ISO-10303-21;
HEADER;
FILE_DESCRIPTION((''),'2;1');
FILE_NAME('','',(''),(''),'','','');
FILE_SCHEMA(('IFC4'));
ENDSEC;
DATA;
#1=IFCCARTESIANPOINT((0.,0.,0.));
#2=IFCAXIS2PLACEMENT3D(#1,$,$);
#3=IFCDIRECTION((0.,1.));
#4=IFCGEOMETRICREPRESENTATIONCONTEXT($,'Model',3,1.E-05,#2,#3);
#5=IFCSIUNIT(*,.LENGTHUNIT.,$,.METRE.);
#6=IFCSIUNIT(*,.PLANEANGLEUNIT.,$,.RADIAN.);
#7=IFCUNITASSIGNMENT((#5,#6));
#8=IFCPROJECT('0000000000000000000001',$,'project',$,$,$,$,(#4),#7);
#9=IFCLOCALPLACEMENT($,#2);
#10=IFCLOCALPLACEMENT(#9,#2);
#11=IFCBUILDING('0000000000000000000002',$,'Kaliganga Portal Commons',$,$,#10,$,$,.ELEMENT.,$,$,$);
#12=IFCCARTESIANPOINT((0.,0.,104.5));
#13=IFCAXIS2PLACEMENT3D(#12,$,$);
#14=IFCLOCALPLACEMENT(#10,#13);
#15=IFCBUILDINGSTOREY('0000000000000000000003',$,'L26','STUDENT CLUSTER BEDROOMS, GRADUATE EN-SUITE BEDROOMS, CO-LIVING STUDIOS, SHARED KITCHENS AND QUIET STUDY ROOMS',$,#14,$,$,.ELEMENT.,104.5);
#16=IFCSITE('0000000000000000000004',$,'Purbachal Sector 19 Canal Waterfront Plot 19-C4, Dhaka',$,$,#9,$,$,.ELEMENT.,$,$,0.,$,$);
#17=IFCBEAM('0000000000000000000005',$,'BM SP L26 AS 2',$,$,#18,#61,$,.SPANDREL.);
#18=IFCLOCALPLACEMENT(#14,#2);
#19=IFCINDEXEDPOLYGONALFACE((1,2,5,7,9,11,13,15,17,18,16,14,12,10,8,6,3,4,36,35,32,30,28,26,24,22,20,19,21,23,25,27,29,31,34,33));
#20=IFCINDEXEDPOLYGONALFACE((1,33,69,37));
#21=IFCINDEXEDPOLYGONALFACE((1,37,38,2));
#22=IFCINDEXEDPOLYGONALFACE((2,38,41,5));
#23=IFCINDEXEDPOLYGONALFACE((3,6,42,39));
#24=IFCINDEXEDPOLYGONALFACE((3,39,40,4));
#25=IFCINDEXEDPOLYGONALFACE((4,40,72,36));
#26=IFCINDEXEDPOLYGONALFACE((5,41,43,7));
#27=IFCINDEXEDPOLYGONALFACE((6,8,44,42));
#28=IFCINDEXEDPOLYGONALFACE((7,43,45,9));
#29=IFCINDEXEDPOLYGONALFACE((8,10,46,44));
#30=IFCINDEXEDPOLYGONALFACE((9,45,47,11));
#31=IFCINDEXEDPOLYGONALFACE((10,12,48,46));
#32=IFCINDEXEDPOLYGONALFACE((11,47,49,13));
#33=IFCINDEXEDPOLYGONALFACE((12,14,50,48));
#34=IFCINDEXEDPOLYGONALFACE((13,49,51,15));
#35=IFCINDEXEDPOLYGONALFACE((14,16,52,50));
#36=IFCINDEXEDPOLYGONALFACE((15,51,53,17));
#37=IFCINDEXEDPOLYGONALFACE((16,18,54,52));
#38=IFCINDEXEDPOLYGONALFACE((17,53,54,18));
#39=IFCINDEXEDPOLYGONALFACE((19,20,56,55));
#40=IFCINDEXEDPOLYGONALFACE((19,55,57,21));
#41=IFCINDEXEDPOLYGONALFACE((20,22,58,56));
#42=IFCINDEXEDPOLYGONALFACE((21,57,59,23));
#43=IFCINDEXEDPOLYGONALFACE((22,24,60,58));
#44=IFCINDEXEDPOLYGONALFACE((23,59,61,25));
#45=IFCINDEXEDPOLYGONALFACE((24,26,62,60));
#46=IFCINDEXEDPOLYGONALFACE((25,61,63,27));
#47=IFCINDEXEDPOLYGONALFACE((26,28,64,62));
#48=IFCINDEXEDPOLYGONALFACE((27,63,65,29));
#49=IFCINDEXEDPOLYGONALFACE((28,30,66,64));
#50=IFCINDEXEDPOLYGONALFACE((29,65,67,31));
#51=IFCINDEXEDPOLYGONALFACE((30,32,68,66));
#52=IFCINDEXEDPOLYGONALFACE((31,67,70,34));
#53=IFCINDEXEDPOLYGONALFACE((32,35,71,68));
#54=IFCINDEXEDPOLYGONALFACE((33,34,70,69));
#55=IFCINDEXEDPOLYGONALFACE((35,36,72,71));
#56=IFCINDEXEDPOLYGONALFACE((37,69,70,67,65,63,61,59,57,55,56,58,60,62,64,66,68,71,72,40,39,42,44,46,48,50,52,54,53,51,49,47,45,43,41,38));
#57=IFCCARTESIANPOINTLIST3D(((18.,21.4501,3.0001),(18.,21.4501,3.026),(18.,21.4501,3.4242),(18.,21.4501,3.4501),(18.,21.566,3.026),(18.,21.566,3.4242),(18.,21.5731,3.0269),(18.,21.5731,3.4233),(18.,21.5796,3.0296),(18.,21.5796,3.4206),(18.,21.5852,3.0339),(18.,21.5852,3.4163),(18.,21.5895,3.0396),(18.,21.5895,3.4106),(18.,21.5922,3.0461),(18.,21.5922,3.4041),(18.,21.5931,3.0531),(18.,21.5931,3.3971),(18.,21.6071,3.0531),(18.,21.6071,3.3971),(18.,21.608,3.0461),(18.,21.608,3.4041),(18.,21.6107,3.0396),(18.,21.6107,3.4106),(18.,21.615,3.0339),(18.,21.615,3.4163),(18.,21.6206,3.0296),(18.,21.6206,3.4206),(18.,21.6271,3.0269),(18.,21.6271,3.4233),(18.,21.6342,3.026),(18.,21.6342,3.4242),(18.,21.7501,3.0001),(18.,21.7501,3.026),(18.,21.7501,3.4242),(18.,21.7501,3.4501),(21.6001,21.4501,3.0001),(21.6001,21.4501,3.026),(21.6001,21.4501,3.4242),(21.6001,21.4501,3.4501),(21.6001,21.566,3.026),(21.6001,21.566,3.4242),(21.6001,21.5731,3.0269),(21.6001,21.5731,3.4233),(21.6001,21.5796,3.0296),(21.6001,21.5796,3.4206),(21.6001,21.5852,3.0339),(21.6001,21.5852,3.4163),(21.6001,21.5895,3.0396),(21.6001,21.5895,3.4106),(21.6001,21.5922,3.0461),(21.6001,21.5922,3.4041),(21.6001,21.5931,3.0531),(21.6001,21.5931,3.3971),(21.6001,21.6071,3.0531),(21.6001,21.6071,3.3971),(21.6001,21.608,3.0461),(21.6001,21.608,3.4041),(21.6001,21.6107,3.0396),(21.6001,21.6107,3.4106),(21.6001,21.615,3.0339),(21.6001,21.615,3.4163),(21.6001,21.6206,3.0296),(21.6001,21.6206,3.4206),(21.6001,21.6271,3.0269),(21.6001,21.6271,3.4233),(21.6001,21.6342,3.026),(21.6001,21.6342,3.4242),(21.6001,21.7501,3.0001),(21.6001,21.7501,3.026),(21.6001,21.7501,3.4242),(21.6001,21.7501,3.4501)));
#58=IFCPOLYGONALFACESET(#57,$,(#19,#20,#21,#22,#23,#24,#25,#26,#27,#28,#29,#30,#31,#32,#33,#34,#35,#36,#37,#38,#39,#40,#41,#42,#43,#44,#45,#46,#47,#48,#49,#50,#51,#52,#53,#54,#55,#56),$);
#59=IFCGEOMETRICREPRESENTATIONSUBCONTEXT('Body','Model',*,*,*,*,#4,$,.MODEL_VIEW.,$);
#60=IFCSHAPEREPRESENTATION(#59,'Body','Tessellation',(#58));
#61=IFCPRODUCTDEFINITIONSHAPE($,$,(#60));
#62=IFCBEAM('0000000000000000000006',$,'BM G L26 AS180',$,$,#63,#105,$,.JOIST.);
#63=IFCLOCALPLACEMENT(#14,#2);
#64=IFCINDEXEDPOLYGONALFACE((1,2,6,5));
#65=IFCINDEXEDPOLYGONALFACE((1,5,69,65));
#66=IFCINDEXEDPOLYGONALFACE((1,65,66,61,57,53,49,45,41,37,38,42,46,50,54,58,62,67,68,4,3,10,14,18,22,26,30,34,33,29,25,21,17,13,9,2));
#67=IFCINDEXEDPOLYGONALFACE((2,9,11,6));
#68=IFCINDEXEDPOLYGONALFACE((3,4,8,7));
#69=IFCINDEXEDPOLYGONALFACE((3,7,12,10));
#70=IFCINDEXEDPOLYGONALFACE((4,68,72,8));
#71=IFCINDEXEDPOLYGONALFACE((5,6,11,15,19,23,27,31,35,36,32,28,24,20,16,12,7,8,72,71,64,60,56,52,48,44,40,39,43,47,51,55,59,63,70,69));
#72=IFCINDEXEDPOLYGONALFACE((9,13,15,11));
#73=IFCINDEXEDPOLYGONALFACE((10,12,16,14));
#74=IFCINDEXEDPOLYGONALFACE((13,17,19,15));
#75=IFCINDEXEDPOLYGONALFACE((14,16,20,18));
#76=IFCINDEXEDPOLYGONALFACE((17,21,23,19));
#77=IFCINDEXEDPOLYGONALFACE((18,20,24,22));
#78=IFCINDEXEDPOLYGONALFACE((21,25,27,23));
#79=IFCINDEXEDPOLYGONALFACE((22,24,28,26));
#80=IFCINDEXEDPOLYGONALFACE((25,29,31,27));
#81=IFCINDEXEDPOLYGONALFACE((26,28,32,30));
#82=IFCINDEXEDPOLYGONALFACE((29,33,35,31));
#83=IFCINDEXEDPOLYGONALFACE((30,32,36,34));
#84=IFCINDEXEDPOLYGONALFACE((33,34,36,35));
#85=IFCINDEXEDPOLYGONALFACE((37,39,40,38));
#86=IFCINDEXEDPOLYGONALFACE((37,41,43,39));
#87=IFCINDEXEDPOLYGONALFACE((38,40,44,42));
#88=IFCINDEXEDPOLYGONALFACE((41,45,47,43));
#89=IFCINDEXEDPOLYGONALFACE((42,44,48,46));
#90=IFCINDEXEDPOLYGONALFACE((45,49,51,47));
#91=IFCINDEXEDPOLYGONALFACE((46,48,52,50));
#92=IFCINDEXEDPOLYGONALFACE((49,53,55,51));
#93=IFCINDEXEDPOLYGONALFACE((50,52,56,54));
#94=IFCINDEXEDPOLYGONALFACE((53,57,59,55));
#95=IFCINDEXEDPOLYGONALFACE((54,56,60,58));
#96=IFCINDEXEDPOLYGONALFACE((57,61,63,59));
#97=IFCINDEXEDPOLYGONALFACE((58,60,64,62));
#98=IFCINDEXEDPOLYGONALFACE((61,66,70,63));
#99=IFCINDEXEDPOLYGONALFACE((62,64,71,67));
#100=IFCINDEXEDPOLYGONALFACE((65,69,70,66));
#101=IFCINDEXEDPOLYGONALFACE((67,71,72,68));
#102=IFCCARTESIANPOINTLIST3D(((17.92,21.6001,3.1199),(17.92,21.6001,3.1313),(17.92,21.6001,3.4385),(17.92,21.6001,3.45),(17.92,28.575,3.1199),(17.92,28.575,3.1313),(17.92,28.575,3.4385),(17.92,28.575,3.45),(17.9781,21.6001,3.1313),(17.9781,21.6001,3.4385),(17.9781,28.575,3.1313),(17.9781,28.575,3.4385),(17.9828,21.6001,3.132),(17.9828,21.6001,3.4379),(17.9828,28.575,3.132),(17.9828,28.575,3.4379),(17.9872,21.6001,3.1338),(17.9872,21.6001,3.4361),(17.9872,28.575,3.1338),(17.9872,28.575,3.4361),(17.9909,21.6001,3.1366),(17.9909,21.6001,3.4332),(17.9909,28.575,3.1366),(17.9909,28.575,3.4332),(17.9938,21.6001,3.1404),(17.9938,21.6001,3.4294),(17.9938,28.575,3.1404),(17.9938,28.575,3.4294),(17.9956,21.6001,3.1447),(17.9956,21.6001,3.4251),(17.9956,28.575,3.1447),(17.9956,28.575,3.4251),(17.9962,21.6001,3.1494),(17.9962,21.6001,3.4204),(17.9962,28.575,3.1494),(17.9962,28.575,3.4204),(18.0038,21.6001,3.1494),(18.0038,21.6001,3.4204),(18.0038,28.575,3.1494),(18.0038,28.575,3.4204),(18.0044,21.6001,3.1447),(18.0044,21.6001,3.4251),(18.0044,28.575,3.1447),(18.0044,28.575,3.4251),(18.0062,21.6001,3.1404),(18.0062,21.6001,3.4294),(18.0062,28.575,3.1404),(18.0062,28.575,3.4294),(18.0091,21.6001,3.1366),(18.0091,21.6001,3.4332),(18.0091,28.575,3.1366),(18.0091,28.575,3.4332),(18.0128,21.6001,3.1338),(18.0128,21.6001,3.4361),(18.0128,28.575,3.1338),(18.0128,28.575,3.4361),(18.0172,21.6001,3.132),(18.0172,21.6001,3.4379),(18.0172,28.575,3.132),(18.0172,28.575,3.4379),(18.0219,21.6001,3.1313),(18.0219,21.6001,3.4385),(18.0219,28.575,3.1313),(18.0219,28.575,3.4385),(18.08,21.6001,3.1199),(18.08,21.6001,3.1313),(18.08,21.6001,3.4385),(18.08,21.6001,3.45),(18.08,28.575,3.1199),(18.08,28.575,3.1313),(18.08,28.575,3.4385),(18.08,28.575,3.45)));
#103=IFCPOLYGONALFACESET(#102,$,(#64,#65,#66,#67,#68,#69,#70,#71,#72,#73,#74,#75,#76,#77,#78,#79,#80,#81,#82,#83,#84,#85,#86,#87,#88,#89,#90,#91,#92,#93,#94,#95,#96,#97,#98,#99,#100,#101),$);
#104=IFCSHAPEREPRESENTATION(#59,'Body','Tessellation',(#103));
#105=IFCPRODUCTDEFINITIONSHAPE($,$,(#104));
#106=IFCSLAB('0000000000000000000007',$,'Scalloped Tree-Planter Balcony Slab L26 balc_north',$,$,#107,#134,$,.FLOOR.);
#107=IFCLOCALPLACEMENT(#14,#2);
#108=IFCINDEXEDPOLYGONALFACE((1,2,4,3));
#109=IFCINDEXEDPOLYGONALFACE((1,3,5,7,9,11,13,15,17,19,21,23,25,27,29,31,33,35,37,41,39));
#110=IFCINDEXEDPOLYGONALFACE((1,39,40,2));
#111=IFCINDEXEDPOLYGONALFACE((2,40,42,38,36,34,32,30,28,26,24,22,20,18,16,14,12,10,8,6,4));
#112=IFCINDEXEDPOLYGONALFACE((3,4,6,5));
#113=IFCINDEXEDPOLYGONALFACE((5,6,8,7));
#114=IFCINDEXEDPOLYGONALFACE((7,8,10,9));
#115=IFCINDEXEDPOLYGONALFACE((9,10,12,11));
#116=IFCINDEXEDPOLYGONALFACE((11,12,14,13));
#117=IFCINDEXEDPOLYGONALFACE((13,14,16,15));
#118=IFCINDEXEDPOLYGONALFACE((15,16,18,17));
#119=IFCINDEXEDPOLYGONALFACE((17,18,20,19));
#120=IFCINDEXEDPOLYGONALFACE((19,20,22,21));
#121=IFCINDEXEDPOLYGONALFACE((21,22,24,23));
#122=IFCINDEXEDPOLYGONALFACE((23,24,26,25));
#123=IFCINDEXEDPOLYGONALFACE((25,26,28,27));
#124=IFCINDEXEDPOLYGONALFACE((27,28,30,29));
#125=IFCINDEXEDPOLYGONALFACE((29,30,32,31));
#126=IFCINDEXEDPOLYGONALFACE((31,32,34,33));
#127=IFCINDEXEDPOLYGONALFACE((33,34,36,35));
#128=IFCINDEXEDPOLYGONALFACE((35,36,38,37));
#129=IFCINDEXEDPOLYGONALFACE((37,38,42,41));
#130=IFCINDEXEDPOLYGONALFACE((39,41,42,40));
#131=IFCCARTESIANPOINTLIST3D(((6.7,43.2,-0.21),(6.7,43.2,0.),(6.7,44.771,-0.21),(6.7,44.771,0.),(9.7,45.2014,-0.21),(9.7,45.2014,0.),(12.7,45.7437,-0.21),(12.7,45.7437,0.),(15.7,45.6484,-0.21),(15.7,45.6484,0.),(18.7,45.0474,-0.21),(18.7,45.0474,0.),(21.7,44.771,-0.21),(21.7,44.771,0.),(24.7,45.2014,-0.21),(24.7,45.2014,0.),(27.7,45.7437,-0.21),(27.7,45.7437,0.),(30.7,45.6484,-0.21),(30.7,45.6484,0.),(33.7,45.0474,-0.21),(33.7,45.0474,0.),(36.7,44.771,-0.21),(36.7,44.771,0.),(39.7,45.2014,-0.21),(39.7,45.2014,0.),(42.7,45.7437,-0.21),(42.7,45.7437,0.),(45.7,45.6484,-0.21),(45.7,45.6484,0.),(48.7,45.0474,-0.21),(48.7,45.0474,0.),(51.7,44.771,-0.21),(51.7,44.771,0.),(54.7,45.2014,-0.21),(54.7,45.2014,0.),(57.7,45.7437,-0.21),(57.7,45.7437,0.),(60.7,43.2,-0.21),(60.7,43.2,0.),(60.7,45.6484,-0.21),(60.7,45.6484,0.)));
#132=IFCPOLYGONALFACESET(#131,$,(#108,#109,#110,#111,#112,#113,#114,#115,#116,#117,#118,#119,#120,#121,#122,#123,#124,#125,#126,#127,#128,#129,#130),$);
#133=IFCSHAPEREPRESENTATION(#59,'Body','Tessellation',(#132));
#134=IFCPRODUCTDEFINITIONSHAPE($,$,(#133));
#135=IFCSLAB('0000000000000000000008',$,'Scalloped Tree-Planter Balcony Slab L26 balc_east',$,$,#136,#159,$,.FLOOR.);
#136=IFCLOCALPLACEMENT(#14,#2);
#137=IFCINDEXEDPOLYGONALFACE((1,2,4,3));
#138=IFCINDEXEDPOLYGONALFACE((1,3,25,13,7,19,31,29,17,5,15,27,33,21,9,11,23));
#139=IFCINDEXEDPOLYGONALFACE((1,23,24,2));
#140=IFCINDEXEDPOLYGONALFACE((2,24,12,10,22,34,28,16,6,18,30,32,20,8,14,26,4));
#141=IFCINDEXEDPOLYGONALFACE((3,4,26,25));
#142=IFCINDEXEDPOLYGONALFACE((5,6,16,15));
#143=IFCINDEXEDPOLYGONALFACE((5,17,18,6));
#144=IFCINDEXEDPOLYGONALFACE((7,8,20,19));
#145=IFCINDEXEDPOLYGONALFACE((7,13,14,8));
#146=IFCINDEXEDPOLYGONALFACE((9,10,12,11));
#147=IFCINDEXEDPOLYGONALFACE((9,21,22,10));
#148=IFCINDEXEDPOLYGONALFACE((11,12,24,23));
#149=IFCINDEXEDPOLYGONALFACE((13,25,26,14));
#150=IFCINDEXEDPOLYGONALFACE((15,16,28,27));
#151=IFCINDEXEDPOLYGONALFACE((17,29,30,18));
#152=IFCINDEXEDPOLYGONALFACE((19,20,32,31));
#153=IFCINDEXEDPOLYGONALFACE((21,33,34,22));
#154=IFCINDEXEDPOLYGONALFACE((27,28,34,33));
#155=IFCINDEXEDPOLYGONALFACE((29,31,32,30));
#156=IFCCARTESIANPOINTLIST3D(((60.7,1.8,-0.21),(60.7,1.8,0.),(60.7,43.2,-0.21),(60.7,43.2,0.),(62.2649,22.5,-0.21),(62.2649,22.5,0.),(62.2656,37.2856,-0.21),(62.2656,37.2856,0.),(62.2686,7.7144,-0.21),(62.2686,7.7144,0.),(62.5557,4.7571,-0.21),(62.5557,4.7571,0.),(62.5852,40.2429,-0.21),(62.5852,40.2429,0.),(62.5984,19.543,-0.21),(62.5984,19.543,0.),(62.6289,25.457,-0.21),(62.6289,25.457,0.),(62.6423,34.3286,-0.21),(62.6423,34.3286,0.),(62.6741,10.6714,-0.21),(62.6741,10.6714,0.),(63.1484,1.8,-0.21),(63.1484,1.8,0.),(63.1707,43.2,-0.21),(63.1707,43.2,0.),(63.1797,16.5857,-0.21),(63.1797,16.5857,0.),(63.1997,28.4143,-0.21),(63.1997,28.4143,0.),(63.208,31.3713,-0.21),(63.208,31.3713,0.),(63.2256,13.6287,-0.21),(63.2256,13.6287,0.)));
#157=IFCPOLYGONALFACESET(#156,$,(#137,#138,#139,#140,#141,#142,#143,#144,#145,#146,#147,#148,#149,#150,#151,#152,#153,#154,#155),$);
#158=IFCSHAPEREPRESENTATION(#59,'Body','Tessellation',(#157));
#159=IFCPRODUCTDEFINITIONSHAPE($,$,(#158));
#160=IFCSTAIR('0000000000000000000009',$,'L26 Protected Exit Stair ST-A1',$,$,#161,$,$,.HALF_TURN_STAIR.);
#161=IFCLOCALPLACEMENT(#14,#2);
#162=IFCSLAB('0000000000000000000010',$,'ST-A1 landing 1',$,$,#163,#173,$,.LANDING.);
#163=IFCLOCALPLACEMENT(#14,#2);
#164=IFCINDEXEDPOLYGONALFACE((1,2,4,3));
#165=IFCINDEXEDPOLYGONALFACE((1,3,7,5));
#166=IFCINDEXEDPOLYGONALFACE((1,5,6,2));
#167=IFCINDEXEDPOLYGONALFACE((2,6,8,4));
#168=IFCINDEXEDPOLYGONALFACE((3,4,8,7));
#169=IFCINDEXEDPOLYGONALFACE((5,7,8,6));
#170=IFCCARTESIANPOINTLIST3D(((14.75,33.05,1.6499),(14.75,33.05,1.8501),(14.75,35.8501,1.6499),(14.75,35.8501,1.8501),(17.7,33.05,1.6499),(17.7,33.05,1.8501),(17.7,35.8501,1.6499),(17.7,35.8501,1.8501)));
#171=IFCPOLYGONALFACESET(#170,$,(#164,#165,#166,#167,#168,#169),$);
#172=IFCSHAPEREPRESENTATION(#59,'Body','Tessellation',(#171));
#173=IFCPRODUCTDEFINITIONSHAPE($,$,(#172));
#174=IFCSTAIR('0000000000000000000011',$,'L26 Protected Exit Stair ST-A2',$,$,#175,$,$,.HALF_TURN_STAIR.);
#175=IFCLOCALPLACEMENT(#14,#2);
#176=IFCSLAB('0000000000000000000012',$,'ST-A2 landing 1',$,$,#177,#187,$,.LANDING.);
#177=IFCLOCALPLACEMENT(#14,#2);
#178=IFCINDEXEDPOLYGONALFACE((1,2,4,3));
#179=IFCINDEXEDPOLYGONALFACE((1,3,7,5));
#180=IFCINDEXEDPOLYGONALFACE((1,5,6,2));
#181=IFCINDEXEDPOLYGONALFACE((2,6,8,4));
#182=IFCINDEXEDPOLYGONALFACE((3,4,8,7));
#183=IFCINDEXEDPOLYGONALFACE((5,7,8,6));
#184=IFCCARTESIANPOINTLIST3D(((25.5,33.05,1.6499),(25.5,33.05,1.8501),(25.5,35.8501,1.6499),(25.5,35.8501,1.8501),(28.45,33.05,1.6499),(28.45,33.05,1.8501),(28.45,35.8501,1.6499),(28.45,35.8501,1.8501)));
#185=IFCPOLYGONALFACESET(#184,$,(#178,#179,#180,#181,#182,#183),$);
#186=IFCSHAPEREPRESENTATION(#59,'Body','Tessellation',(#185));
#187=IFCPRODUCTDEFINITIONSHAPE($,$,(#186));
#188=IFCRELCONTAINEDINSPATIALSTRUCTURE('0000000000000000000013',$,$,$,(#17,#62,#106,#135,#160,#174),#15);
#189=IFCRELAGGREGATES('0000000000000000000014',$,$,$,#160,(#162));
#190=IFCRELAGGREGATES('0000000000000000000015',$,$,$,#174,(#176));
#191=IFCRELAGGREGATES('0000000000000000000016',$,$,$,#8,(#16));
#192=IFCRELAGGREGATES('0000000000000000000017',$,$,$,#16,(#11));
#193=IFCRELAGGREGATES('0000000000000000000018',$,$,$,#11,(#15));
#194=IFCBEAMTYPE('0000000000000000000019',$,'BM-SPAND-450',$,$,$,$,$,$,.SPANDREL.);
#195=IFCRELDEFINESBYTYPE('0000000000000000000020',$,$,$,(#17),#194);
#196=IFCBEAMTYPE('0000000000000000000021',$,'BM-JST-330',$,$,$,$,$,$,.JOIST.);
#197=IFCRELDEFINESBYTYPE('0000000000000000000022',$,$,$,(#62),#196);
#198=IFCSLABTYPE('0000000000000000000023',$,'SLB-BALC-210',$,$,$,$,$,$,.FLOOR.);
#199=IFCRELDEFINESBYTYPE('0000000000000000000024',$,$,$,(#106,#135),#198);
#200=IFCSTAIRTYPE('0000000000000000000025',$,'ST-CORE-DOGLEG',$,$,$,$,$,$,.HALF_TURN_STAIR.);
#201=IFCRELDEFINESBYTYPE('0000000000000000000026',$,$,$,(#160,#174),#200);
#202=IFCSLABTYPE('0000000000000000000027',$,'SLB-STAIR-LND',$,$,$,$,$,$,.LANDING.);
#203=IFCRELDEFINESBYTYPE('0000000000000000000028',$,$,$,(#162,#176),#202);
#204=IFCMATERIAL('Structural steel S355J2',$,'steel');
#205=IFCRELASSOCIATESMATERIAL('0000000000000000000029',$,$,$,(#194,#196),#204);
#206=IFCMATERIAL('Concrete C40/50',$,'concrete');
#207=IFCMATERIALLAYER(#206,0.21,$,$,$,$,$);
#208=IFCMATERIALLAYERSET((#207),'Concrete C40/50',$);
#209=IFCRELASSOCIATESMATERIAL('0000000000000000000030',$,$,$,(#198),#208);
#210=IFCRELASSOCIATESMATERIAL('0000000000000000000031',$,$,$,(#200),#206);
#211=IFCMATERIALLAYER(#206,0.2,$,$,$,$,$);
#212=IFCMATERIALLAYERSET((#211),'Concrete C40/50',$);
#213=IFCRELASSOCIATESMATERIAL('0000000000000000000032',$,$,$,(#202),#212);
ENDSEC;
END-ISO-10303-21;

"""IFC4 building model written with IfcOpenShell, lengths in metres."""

from ifc_helpers import new_model, si_unit, direction, frame, origin, origin_2d, place, context, subcontext, project, spatial, polyline, i_section, outline, extrude, source, transform, mapped, material, layer, layer_set, material_profile, profile_set, type_object, element, aggregate, save


model = new_model("IFC4")

# Units and contexts
model_context = context("Model", 3, precision=1e-05, world=origin(), true_north=direction((0.0, 1.0)))
body_context = subcontext(model_context, "Body", "Model", "MODEL_VIEW")
ifc_project = project(units=[si_unit("LENGTHUNIT", "METRE"), si_unit("PLANEANGLEUNIT", "RADIAN")], contexts=[model_context])

# Site, building, storey
site_placement = place(None, origin())
site = spatial("IfcSite", under=ifc_project, at=site_placement, Name="Purbachal Sector 19 Canal Waterfront Plot 19-C4, Dhaka", CompositionType="ELEMENT", RefElevation=0.0)
building_placement = place(site_placement, origin())
building = spatial("IfcBuilding", under=site, at=building_placement, Name="Kaliganga Portal Commons", CompositionType="ELEMENT")
storey_placement = place(building_placement, frame((0.0, 0.0, 104.5)))
storey = spatial("IfcBuildingStorey", under=building, at=storey_placement, Name="L26", Description="STUDENT CLUSTER BEDROOMS, GRADUATE EN-SUITE BEDROOMS, CO-LIVING STUDIOS, SHARED KITCHENS AND QUIET STUDY ROOMS", CompositionType="ELEMENT", Elevation=104.5)

# Beams
ifc_material_1 = material(Name="Structural steel S355J2", Category="steel")
ifc_material_profile_1 = material_profile(ifc_material_1, i_section(OverallWidth=0.3, OverallDepth=0.45, WebThickness=0.0139, FlangeThickness=0.0259, FilletRadius=0.0271, at=origin_2d()), Name="HE 450 B")
ifc_profile_set_1 = profile_set([ifc_material_profile_1], Name="Structural steel S355J2 wide-flange")
beam_type_1 = type_object("IfcBeamType", Name="BM-SPAND-450", PredefinedType="SPANDREL", material=ifc_profile_set_1)
shared_shape_1 = source(origin(), body_context, "Body", "SweptSolid", [
    extrude(i_section(OverallWidth=0.3, OverallDepth=0.45, WebThickness=0.0139, FlangeThickness=0.0259, FilletRadius=0.0271, at=origin_2d()), origin(), (0.0, 0.0, 1.0), 3.6001),
])
for number, where, z_axis, x_axis, name in (
    (1, (18.0, 21.6001, 3.2251), (1.0, 0.0, 0.0), (0.0, 1.0, 0.0), "BM SP L26 AS 2"),
):
    element("IfcBeam", number, at=place(storey_placement, frame(where, z_axis=z_axis, x_axis=x_axis)), inside=storey, type_object=beam_type_1, Name=name, PredefinedType="SPANDREL", context=body_context, shape_type="MappedRepresentation", body=[
        mapped(shared_shape_1, transform((0.0, 0.0, 0.0), x_axis=(1.0, 0.0, 0.0), y_axis=(0.0, 1.0, 0.0), z_axis=(0.0, 0.0, 1.0), scale=1.0)),
    ])
ifc_material_profile_2 = material_profile(ifc_material_1, i_section(OverallWidth=0.1599, OverallDepth=0.3301, WebThickness=0.0076, FlangeThickness=0.0115, FilletRadius=0.0181, at=origin_2d()), Name="IPE 330")
ifc_profile_set_2 = profile_set([ifc_material_profile_2], Name="Structural steel S355J2 wide-flange")
beam_type_2 = type_object("IfcBeamType", Name="BM-JST-330", PredefinedType="JOIST", material=ifc_profile_set_2)
shared_shape_2 = source(origin(), body_context, "Body", "SweptSolid", [
    extrude(i_section(OverallWidth=0.1599, OverallDepth=0.3301, WebThickness=0.0076, FlangeThickness=0.0115, FilletRadius=0.0181, at=origin_2d()), origin(), (0.0, 0.0, 1.0), 6.9749),
])
beam_1_placement = place(storey_placement, frame((18.0, 21.6001, 3.2849), z_axis=(0.0, 1.0, 0.0), x_axis=(-1.0, 0.0, 0.0)))
element("IfcBeam", 2, at=beam_1_placement, inside=storey, type_object=beam_type_2, Name="BM G L26 AS180", PredefinedType="JOIST", context=body_context, shape_type="MappedRepresentation", body=[
    mapped(shared_shape_2, transform((0.0, 0.0, 0.0), x_axis=(1.0, 0.0, 0.0), y_axis=(0.0, 1.0, 0.0), z_axis=(0.0, 0.0, 1.0), scale=1.0)),
])

# Slabs
ifc_material_2 = material(Name="Concrete C40/50", Category="concrete")
ifc_layer_1 = layer(ifc_material_2, 0.21)
ifc_layer_set_1 = layer_set([ifc_layer_1], Name="Concrete C40/50")
slab_type_1 = type_object("IfcSlabType", Name="SLB-BALC-210", PredefinedType="FLOOR", material=ifc_layer_set_1)
slab_1_placement = place(storey_placement, frame((0.0, 0.0, -0.21)))
element("IfcSlab", 3, at=slab_1_placement, inside=storey, type_object=slab_type_1, Name="Scalloped Tree-Planter Balcony Slab L26 balc_north", PredefinedType="FLOOR", context=body_context, shape_type="SweptSolid", body=[
    extrude(outline(polyline([(60.7, 43.2), (60.7, 45.6484), (57.7, 45.7437), (54.7, 45.2014), (51.7, 44.771), (48.7, 45.0474), (45.7, 45.6484), (42.7, 45.7437), (39.7, 45.2014), (36.7, 44.771), (33.7, 45.0474), (30.7, 45.6484), (27.7, 45.7437), (24.7, 45.2014), (21.7, 44.771), (18.7, 45.0474), (15.7, 45.6484), (12.7, 45.7437), (9.7, 45.2014), (6.7, 44.771), (6.7, 43.2), (60.7, 43.2)])), origin(), (0.0, 0.0, 1.0), 0.21),
])
slab_2_placement = place(storey_placement, frame((0.0, 0.0, -0.21)))
element("IfcSlab", 4, at=slab_2_placement, inside=storey, type_object=slab_type_1, Name="Scalloped Tree-Planter Balcony Slab L26 balc_east", PredefinedType="FLOOR", context=body_context, shape_type="SweptSolid", body=[
    extrude(outline(polyline([(60.7, 1.8), (63.1484, 1.8), (62.5557, 4.7571), (62.2686, 7.7144), (62.6741, 10.6714), (63.2256, 13.6287), (63.1797, 16.5857), (62.5984, 19.543), (62.2649, 22.5), (62.6289, 25.457), (63.1997, 28.4143), (63.208, 31.3713), (62.6423, 34.3286), (62.2656, 37.2856), (62.5852, 40.2429), (63.1707, 43.2), (60.7, 43.2), (60.7, 1.8)])), origin(), (0.0, 0.0, 1.0), 0.21),
])

# Stairs, slabs
stair_type = type_object("IfcStairType", Name="ST-CORE-DOGLEG", PredefinedType="HALF_TURN_STAIR", material=ifc_material_2)
stair_1_placement = place(storey_placement, origin())
stair_1 = element("IfcStair", 5, at=stair_1_placement, inside=storey, type_object=stair_type, Name="L26 Protected Exit Stair ST-A1", PredefinedType="HALF_TURN_STAIR")
ifc_layer_2 = layer(ifc_material_2, 0.2)
ifc_layer_set_2 = layer_set([ifc_layer_2], Name="Concrete C40/50")
slab_type_2 = type_object("IfcSlabType", Name="SLB-STAIR-LND", PredefinedType="LANDING", material=ifc_layer_set_2)
slab_3_placement = place(storey_placement, frame((0.0, 0.0, 1.6499)))
slab_3 = element("IfcSlab", 6, at=slab_3_placement, type_object=slab_type_2, Name="ST-A1 landing 1", PredefinedType="LANDING", context=body_context, shape_type="SweptSolid", body=[
    extrude(outline(polyline([(17.7, 33.05), (17.7, 35.8501), (14.75, 35.8501), (14.75, 33.05), (17.7, 33.05)])), origin(), (0.0, 0.0, 1.0), 0.2002),
])
aggregate(stair_1, [slab_3])
stair_2_placement = place(storey_placement, origin())
stair_2 = element("IfcStair", 7, at=stair_2_placement, inside=storey, type_object=stair_type, Name="L26 Protected Exit Stair ST-A2", PredefinedType="HALF_TURN_STAIR")
slab_4_placement = place(storey_placement, frame((0.0, 0.0, 1.6499)))
slab_4 = element("IfcSlab", 8, at=slab_4_placement, type_object=slab_type_2, Name="ST-A2 landing 1", PredefinedType="LANDING", context=body_context, shape_type="SweptSolid", body=[
    extrude(outline(polyline([(28.45, 33.05), (28.45, 35.8501), (25.5, 35.8501), (25.5, 33.05), (28.45, 33.05)])), origin(), (0.0, 0.0, 1.0), 0.2002),
])
aggregate(stair_2, [slab_4])

save(model, "model.ifc")
